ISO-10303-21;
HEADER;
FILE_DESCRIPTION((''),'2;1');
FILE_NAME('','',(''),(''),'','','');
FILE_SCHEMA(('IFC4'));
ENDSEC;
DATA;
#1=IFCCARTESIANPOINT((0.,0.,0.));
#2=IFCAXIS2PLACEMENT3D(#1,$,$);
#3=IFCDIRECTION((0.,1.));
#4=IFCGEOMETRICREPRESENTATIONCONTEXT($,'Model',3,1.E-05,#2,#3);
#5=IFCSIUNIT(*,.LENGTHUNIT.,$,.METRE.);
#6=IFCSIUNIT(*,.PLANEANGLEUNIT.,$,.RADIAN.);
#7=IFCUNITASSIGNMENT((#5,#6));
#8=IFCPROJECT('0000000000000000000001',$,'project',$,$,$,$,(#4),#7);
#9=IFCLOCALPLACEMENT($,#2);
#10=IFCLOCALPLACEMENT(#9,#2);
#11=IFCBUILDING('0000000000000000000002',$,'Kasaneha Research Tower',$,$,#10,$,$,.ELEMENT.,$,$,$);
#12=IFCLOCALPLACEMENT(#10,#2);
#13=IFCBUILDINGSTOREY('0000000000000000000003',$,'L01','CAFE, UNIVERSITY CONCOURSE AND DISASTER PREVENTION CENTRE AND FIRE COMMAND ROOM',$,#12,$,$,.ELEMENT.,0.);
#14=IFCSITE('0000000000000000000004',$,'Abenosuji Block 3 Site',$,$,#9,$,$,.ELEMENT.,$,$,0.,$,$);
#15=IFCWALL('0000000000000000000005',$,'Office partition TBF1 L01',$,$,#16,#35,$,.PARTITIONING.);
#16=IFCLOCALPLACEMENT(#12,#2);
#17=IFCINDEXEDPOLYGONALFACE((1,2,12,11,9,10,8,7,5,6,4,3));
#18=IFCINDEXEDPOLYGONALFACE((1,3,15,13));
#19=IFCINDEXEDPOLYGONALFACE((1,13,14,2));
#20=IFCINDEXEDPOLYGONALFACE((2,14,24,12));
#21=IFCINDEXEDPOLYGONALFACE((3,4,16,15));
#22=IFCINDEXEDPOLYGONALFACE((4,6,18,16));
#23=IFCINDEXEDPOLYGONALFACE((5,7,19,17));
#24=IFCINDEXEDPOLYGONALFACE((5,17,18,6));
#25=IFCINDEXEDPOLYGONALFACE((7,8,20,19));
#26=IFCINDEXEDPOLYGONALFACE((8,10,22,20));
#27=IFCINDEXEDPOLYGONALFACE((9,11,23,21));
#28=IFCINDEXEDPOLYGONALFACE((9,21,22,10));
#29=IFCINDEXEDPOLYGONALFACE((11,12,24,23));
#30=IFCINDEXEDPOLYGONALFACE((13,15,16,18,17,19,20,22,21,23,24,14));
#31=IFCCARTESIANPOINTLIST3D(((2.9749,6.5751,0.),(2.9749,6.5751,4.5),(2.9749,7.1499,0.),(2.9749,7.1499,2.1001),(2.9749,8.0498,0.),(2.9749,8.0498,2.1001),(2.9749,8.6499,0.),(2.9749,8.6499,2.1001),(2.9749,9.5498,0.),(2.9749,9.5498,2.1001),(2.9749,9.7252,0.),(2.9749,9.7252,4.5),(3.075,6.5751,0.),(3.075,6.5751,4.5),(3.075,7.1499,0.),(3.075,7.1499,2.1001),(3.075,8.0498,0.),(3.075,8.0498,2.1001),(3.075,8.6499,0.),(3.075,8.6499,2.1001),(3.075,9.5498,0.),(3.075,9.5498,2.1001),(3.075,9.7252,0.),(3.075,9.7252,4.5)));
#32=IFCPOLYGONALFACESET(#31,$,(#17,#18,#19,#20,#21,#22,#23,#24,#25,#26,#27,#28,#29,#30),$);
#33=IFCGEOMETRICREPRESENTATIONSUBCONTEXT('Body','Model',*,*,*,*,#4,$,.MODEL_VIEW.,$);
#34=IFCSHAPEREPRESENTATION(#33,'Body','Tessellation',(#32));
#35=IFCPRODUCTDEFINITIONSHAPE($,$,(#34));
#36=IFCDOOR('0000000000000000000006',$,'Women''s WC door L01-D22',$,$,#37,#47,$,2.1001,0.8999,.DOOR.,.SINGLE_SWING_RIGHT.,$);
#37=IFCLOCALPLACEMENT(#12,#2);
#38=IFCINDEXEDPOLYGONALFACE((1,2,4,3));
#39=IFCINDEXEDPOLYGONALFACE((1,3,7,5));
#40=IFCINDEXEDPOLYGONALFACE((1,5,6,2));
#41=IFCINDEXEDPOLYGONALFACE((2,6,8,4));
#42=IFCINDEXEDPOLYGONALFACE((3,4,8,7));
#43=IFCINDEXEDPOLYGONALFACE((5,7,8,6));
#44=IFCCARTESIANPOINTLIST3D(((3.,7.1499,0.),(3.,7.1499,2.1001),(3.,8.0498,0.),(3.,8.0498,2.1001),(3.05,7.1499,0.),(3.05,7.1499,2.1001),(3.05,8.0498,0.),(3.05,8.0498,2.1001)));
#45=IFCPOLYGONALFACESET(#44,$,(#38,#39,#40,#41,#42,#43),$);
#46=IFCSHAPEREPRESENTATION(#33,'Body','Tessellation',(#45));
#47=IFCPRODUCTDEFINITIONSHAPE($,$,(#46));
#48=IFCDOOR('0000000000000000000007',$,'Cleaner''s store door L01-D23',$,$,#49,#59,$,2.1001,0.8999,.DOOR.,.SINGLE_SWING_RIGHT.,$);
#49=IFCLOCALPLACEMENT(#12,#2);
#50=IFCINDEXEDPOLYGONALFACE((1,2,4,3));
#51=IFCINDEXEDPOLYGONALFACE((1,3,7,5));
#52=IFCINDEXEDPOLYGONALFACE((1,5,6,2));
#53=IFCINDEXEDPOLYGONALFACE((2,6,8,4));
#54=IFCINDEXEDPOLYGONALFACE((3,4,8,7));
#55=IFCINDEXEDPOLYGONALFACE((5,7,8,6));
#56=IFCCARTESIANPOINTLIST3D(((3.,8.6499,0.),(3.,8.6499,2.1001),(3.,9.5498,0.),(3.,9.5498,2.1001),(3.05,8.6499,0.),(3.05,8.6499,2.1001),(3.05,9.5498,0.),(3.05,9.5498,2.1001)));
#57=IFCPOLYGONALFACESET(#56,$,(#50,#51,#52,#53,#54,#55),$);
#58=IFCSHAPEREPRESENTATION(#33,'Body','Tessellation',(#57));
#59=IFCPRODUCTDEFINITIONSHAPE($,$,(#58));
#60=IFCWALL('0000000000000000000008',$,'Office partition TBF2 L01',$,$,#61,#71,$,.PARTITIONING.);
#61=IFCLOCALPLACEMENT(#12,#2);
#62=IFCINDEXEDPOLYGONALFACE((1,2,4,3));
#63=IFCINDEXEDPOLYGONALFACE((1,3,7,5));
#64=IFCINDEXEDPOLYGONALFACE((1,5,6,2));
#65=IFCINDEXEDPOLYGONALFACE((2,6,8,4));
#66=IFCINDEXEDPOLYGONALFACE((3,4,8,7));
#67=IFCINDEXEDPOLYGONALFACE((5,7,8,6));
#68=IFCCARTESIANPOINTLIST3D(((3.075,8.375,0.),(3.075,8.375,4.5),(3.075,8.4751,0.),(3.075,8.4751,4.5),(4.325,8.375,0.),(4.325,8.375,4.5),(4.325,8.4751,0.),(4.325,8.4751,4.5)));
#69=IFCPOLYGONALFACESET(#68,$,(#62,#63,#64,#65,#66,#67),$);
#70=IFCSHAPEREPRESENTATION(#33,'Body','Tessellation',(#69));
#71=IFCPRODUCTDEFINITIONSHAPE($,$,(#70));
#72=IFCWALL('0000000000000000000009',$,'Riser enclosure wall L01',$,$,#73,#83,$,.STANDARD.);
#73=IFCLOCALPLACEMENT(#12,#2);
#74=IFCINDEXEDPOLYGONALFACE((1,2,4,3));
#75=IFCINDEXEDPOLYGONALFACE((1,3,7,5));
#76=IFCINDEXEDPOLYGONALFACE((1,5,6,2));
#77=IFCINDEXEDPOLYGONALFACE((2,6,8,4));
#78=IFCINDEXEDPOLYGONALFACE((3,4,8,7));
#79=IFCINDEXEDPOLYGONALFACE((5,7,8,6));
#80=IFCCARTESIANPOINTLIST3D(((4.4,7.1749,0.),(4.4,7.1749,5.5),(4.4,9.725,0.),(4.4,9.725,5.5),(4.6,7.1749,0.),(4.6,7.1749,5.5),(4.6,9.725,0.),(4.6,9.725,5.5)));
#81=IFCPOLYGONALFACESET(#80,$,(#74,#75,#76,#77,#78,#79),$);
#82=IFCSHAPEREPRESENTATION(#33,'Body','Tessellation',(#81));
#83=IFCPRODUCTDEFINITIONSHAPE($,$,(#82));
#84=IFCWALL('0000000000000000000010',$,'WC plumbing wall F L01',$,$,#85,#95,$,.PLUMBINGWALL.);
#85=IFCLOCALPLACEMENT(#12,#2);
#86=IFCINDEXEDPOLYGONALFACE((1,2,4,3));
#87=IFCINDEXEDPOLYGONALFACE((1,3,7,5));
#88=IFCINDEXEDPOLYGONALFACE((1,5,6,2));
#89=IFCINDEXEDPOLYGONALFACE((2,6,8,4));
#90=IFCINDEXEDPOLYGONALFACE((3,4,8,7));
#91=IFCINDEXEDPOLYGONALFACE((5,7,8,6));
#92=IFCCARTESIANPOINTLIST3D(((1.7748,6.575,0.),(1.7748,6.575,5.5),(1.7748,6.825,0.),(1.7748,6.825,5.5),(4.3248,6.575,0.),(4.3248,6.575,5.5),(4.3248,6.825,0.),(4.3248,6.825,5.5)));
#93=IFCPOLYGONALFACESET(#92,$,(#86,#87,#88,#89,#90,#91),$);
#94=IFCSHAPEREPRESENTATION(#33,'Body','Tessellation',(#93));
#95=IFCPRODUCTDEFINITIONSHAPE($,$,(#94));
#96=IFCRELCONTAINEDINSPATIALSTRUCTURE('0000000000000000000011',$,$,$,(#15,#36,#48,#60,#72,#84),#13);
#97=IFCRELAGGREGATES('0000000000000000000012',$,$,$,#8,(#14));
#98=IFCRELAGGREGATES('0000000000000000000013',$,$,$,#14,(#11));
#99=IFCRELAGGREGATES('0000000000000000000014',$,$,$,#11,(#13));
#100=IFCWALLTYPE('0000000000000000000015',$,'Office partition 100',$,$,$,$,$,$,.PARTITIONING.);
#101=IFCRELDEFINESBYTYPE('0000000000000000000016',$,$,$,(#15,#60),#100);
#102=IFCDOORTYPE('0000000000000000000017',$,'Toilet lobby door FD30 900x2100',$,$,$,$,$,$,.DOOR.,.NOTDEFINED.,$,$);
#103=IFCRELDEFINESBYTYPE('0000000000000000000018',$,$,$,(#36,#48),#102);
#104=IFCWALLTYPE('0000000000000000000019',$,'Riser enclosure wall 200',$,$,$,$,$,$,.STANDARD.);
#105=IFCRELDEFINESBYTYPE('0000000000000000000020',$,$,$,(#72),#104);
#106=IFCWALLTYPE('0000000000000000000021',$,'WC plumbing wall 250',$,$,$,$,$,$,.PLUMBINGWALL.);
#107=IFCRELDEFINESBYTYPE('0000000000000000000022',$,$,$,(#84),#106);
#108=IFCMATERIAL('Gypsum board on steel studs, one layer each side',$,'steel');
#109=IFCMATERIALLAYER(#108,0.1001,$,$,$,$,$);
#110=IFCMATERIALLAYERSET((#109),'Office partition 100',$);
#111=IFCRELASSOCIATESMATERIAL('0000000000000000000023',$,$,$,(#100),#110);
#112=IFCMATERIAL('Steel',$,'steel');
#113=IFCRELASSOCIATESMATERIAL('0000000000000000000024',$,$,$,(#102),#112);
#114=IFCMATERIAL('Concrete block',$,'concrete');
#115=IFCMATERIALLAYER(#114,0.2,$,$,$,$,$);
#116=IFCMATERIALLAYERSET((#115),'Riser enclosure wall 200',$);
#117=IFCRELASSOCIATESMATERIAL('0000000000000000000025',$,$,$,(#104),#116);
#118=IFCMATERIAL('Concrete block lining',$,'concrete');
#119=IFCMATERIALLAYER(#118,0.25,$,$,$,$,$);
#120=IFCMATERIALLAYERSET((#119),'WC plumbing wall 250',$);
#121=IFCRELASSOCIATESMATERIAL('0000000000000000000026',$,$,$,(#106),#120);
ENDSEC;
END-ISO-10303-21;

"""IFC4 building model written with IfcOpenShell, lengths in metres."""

from ifc_helpers import new_model, si_unit, direction, frame, frame_2d, origin, place, context, subcontext, project, spatial, rectangle, extrude, material, layer, layer_set, type_object, element, fill, save


model = new_model("IFC4")

# Units and contexts
model_context = context("Model", 3, precision=1e-05, world=origin(), true_north=direction((0.0, 1.0)))
body_context = subcontext(model_context, "Body", "Model", "MODEL_VIEW")
ifc_project = project(units=[si_unit("LENGTHUNIT", "METRE"), si_unit("PLANEANGLEUNIT", "RADIAN")], contexts=[model_context])

# Site, building, storey
site_placement = place(None, origin())
site = spatial("IfcSite", under=ifc_project, at=site_placement, Name="Abenosuji Block 3 Site", CompositionType="ELEMENT", RefElevation=0.0)
building_placement = place(site_placement, origin())
building = spatial("IfcBuilding", under=site, at=building_placement, Name="Kasaneha Research Tower", CompositionType="ELEMENT")
storey_placement = place(building_placement, origin())
storey = spatial("IfcBuildingStorey", under=building, at=storey_placement, Name="L01", Description="CAFE, UNIVERSITY CONCOURSE AND DISASTER PREVENTION CENTRE AND FIRE COMMAND ROOM", CompositionType="ELEMENT", Elevation=0.0)

# Wall, openings, doors
ifc_material_1 = material(Name="Gypsum board on steel studs, one layer each side", Category="steel")
ifc_layer_1 = layer(ifc_material_1, 0.1001)
ifc_layer_set_1 = layer_set([ifc_layer_1], Name="Office partition 100")
wall_type_1 = type_object("IfcWallType", Name="Office partition 100", PredefinedType="PARTITIONING", material=ifc_layer_set_1)
wall_1_placement = place(storey_placement, frame((3.0249, 6.575, 0.0), z_axis=(0.0, 0.0, 1.0), x_axis=(0.0, 1.0, 0.0)))
wall_1 = element("IfcWall", 1, at=wall_1_placement, inside=storey, type_object=wall_type_1, Name="Office partition TBF1 L01", PredefinedType="PARTITIONING", context=body_context, shape_type="SweptSolid", body=[
    extrude(rectangle(XDim=3.1501, YDim=0.1001, at=frame_2d((1.5752, 0.0))), origin(), (0.0, 0.0, 1.0), 4.5),
])
opening_1_placement = place(wall_1_placement, frame((0.575, 0.0, 0.0)))
opening_1 = element("IfcOpeningElement", 2, at=opening_1_placement, cuts=wall_1, PredefinedType="OPENING", context=body_context, shape_type="SweptSolid", body=[
    extrude(rectangle(XDim=0.8999, YDim=2.1001, at=frame_2d((0.45, 1.05))), frame((0.0, 0.0601, 0.0), z_axis=(0.0, -1.0, 0.0), x_axis=(1.0, 0.0, 0.0)), (0.0, 0.0, 1.0), 0.1201),
])
opening_2_placement = place(wall_1_placement, frame((2.075, 0.0, 0.0)))
opening_2 = element("IfcOpeningElement", 3, at=opening_2_placement, cuts=wall_1, PredefinedType="OPENING", context=body_context, shape_type="SweptSolid", body=[
    extrude(rectangle(XDim=0.8999, YDim=2.1001, at=frame_2d((0.45, 1.05))), frame((0.0, 0.0601, 0.0), z_axis=(0.0, -1.0, 0.0), x_axis=(1.0, 0.0, 0.0)), (0.0, 0.0, 1.0), 0.1201),
])
ifc_material_2 = material(Name="Steel", Category="steel")
door_type_1 = type_object("IfcDoorType", Name="Toilet lobby door FD30 900x2100", OperationType="NOTDEFINED", PredefinedType="DOOR", material=ifc_material_2)
door_1_placement = place(opening_1_placement, origin())
door_1 = element("IfcDoor", 4, at=door_1_placement, inside=storey, type_object=door_type_1, Name="Women's WC door L01-D22", OperationType="SINGLE_SWING_RIGHT", OverallHeight=2.1001, OverallWidth=0.8999, PredefinedType="DOOR", context=body_context, shape_type="SweptSolid", body=[
    extrude(rectangle(XDim=0.8999, YDim=2.1001, at=frame_2d((0.45, 1.05))), frame((0.0, 0.0249, 0.0), z_axis=(0.0, -1.0, 0.0), x_axis=(1.0, 0.0, 0.0)), (0.0, 0.0, 1.0), 0.05),
])
fill(opening_1, door_1)
door_2_placement = place(opening_2_placement, origin())
door_2 = element("IfcDoor", 5, at=door_2_placement, inside=storey, type_object=door_type_1, Name="Cleaner's store door L01-D23", OperationType="SINGLE_SWING_RIGHT", OverallHeight=2.1001, OverallWidth=0.8999, PredefinedType="DOOR", context=body_context, shape_type="SweptSolid", body=[
    extrude(rectangle(XDim=0.8999, YDim=2.1001, at=frame_2d((0.45, 1.05))), frame((0.0, 0.0249, 0.0), z_axis=(0.0, -1.0, 0.0), x_axis=(1.0, 0.0, 0.0)), (0.0, 0.0, 1.0), 0.05),
])
fill(opening_2, door_2)

# Walls
wall_2_placement = place(storey_placement, frame((3.075, 8.425, 0.0), z_axis=(0.0, 0.0, 1.0), x_axis=(1.0, 0.0, 0.0)))
element("IfcWall", 6, at=wall_2_placement, inside=storey, type_object=wall_type_1, Name="Office partition TBF2 L01", PredefinedType="PARTITIONING", context=body_context, shape_type="SweptSolid", body=[
    extrude(rectangle(XDim=1.25, YDim=0.1001, at=frame_2d((0.625, 0.0))), origin(), (0.0, 0.0, 1.0), 4.5),
])
ifc_material_3 = material(Name="Concrete block", Category="concrete")
ifc_layer_2 = layer(ifc_material_3, 0.2)
ifc_layer_set_2 = layer_set([ifc_layer_2], Name="Riser enclosure wall 200")
wall_type_2 = type_object("IfcWallType", Name="Riser enclosure wall 200", PredefinedType="STANDARD", material=ifc_layer_set_2)
wall_3_placement = place(storey_placement, frame((4.5, 7.175, 0.0), z_axis=(0.0, 0.0, 1.0), x_axis=(0.0, 1.0, 0.0)))
element("IfcWall", 7, at=wall_3_placement, inside=storey, type_object=wall_type_2, Name="Riser enclosure wall L01", PredefinedType="STANDARD", context=body_context, shape_type="SweptSolid", body=[
    extrude(rectangle(XDim=2.55, YDim=0.2, at=frame_2d((1.2749, 0.0))), origin(), (0.0, 0.0, 1.0), 5.5),
])
ifc_material_4 = material(Name="Concrete block lining", Category="concrete")
ifc_layer_3 = layer(ifc_material_4, 0.25)
ifc_layer_set_3 = layer_set([ifc_layer_3], Name="WC plumbing wall 250")
wall_type_3 = type_object("IfcWallType", Name="WC plumbing wall 250", PredefinedType="PLUMBINGWALL", material=ifc_layer_set_3)
wall_4_placement = place(storey_placement, frame((1.7749, 6.7, 0.0), z_axis=(0.0, 0.0, 1.0), x_axis=(1.0, 0.0, 0.0)))
element("IfcWall", 8, at=wall_4_placement, inside=storey, type_object=wall_type_3, Name="WC plumbing wall F L01", PredefinedType="PLUMBINGWALL", context=body_context, shape_type="SweptSolid", body=[
    extrude(rectangle(XDim=2.55, YDim=0.25, at=frame_2d((1.2749, 0.0))), origin(), (0.0, 0.0, 1.0), 5.5),
])

save(model, "model.ifc")
